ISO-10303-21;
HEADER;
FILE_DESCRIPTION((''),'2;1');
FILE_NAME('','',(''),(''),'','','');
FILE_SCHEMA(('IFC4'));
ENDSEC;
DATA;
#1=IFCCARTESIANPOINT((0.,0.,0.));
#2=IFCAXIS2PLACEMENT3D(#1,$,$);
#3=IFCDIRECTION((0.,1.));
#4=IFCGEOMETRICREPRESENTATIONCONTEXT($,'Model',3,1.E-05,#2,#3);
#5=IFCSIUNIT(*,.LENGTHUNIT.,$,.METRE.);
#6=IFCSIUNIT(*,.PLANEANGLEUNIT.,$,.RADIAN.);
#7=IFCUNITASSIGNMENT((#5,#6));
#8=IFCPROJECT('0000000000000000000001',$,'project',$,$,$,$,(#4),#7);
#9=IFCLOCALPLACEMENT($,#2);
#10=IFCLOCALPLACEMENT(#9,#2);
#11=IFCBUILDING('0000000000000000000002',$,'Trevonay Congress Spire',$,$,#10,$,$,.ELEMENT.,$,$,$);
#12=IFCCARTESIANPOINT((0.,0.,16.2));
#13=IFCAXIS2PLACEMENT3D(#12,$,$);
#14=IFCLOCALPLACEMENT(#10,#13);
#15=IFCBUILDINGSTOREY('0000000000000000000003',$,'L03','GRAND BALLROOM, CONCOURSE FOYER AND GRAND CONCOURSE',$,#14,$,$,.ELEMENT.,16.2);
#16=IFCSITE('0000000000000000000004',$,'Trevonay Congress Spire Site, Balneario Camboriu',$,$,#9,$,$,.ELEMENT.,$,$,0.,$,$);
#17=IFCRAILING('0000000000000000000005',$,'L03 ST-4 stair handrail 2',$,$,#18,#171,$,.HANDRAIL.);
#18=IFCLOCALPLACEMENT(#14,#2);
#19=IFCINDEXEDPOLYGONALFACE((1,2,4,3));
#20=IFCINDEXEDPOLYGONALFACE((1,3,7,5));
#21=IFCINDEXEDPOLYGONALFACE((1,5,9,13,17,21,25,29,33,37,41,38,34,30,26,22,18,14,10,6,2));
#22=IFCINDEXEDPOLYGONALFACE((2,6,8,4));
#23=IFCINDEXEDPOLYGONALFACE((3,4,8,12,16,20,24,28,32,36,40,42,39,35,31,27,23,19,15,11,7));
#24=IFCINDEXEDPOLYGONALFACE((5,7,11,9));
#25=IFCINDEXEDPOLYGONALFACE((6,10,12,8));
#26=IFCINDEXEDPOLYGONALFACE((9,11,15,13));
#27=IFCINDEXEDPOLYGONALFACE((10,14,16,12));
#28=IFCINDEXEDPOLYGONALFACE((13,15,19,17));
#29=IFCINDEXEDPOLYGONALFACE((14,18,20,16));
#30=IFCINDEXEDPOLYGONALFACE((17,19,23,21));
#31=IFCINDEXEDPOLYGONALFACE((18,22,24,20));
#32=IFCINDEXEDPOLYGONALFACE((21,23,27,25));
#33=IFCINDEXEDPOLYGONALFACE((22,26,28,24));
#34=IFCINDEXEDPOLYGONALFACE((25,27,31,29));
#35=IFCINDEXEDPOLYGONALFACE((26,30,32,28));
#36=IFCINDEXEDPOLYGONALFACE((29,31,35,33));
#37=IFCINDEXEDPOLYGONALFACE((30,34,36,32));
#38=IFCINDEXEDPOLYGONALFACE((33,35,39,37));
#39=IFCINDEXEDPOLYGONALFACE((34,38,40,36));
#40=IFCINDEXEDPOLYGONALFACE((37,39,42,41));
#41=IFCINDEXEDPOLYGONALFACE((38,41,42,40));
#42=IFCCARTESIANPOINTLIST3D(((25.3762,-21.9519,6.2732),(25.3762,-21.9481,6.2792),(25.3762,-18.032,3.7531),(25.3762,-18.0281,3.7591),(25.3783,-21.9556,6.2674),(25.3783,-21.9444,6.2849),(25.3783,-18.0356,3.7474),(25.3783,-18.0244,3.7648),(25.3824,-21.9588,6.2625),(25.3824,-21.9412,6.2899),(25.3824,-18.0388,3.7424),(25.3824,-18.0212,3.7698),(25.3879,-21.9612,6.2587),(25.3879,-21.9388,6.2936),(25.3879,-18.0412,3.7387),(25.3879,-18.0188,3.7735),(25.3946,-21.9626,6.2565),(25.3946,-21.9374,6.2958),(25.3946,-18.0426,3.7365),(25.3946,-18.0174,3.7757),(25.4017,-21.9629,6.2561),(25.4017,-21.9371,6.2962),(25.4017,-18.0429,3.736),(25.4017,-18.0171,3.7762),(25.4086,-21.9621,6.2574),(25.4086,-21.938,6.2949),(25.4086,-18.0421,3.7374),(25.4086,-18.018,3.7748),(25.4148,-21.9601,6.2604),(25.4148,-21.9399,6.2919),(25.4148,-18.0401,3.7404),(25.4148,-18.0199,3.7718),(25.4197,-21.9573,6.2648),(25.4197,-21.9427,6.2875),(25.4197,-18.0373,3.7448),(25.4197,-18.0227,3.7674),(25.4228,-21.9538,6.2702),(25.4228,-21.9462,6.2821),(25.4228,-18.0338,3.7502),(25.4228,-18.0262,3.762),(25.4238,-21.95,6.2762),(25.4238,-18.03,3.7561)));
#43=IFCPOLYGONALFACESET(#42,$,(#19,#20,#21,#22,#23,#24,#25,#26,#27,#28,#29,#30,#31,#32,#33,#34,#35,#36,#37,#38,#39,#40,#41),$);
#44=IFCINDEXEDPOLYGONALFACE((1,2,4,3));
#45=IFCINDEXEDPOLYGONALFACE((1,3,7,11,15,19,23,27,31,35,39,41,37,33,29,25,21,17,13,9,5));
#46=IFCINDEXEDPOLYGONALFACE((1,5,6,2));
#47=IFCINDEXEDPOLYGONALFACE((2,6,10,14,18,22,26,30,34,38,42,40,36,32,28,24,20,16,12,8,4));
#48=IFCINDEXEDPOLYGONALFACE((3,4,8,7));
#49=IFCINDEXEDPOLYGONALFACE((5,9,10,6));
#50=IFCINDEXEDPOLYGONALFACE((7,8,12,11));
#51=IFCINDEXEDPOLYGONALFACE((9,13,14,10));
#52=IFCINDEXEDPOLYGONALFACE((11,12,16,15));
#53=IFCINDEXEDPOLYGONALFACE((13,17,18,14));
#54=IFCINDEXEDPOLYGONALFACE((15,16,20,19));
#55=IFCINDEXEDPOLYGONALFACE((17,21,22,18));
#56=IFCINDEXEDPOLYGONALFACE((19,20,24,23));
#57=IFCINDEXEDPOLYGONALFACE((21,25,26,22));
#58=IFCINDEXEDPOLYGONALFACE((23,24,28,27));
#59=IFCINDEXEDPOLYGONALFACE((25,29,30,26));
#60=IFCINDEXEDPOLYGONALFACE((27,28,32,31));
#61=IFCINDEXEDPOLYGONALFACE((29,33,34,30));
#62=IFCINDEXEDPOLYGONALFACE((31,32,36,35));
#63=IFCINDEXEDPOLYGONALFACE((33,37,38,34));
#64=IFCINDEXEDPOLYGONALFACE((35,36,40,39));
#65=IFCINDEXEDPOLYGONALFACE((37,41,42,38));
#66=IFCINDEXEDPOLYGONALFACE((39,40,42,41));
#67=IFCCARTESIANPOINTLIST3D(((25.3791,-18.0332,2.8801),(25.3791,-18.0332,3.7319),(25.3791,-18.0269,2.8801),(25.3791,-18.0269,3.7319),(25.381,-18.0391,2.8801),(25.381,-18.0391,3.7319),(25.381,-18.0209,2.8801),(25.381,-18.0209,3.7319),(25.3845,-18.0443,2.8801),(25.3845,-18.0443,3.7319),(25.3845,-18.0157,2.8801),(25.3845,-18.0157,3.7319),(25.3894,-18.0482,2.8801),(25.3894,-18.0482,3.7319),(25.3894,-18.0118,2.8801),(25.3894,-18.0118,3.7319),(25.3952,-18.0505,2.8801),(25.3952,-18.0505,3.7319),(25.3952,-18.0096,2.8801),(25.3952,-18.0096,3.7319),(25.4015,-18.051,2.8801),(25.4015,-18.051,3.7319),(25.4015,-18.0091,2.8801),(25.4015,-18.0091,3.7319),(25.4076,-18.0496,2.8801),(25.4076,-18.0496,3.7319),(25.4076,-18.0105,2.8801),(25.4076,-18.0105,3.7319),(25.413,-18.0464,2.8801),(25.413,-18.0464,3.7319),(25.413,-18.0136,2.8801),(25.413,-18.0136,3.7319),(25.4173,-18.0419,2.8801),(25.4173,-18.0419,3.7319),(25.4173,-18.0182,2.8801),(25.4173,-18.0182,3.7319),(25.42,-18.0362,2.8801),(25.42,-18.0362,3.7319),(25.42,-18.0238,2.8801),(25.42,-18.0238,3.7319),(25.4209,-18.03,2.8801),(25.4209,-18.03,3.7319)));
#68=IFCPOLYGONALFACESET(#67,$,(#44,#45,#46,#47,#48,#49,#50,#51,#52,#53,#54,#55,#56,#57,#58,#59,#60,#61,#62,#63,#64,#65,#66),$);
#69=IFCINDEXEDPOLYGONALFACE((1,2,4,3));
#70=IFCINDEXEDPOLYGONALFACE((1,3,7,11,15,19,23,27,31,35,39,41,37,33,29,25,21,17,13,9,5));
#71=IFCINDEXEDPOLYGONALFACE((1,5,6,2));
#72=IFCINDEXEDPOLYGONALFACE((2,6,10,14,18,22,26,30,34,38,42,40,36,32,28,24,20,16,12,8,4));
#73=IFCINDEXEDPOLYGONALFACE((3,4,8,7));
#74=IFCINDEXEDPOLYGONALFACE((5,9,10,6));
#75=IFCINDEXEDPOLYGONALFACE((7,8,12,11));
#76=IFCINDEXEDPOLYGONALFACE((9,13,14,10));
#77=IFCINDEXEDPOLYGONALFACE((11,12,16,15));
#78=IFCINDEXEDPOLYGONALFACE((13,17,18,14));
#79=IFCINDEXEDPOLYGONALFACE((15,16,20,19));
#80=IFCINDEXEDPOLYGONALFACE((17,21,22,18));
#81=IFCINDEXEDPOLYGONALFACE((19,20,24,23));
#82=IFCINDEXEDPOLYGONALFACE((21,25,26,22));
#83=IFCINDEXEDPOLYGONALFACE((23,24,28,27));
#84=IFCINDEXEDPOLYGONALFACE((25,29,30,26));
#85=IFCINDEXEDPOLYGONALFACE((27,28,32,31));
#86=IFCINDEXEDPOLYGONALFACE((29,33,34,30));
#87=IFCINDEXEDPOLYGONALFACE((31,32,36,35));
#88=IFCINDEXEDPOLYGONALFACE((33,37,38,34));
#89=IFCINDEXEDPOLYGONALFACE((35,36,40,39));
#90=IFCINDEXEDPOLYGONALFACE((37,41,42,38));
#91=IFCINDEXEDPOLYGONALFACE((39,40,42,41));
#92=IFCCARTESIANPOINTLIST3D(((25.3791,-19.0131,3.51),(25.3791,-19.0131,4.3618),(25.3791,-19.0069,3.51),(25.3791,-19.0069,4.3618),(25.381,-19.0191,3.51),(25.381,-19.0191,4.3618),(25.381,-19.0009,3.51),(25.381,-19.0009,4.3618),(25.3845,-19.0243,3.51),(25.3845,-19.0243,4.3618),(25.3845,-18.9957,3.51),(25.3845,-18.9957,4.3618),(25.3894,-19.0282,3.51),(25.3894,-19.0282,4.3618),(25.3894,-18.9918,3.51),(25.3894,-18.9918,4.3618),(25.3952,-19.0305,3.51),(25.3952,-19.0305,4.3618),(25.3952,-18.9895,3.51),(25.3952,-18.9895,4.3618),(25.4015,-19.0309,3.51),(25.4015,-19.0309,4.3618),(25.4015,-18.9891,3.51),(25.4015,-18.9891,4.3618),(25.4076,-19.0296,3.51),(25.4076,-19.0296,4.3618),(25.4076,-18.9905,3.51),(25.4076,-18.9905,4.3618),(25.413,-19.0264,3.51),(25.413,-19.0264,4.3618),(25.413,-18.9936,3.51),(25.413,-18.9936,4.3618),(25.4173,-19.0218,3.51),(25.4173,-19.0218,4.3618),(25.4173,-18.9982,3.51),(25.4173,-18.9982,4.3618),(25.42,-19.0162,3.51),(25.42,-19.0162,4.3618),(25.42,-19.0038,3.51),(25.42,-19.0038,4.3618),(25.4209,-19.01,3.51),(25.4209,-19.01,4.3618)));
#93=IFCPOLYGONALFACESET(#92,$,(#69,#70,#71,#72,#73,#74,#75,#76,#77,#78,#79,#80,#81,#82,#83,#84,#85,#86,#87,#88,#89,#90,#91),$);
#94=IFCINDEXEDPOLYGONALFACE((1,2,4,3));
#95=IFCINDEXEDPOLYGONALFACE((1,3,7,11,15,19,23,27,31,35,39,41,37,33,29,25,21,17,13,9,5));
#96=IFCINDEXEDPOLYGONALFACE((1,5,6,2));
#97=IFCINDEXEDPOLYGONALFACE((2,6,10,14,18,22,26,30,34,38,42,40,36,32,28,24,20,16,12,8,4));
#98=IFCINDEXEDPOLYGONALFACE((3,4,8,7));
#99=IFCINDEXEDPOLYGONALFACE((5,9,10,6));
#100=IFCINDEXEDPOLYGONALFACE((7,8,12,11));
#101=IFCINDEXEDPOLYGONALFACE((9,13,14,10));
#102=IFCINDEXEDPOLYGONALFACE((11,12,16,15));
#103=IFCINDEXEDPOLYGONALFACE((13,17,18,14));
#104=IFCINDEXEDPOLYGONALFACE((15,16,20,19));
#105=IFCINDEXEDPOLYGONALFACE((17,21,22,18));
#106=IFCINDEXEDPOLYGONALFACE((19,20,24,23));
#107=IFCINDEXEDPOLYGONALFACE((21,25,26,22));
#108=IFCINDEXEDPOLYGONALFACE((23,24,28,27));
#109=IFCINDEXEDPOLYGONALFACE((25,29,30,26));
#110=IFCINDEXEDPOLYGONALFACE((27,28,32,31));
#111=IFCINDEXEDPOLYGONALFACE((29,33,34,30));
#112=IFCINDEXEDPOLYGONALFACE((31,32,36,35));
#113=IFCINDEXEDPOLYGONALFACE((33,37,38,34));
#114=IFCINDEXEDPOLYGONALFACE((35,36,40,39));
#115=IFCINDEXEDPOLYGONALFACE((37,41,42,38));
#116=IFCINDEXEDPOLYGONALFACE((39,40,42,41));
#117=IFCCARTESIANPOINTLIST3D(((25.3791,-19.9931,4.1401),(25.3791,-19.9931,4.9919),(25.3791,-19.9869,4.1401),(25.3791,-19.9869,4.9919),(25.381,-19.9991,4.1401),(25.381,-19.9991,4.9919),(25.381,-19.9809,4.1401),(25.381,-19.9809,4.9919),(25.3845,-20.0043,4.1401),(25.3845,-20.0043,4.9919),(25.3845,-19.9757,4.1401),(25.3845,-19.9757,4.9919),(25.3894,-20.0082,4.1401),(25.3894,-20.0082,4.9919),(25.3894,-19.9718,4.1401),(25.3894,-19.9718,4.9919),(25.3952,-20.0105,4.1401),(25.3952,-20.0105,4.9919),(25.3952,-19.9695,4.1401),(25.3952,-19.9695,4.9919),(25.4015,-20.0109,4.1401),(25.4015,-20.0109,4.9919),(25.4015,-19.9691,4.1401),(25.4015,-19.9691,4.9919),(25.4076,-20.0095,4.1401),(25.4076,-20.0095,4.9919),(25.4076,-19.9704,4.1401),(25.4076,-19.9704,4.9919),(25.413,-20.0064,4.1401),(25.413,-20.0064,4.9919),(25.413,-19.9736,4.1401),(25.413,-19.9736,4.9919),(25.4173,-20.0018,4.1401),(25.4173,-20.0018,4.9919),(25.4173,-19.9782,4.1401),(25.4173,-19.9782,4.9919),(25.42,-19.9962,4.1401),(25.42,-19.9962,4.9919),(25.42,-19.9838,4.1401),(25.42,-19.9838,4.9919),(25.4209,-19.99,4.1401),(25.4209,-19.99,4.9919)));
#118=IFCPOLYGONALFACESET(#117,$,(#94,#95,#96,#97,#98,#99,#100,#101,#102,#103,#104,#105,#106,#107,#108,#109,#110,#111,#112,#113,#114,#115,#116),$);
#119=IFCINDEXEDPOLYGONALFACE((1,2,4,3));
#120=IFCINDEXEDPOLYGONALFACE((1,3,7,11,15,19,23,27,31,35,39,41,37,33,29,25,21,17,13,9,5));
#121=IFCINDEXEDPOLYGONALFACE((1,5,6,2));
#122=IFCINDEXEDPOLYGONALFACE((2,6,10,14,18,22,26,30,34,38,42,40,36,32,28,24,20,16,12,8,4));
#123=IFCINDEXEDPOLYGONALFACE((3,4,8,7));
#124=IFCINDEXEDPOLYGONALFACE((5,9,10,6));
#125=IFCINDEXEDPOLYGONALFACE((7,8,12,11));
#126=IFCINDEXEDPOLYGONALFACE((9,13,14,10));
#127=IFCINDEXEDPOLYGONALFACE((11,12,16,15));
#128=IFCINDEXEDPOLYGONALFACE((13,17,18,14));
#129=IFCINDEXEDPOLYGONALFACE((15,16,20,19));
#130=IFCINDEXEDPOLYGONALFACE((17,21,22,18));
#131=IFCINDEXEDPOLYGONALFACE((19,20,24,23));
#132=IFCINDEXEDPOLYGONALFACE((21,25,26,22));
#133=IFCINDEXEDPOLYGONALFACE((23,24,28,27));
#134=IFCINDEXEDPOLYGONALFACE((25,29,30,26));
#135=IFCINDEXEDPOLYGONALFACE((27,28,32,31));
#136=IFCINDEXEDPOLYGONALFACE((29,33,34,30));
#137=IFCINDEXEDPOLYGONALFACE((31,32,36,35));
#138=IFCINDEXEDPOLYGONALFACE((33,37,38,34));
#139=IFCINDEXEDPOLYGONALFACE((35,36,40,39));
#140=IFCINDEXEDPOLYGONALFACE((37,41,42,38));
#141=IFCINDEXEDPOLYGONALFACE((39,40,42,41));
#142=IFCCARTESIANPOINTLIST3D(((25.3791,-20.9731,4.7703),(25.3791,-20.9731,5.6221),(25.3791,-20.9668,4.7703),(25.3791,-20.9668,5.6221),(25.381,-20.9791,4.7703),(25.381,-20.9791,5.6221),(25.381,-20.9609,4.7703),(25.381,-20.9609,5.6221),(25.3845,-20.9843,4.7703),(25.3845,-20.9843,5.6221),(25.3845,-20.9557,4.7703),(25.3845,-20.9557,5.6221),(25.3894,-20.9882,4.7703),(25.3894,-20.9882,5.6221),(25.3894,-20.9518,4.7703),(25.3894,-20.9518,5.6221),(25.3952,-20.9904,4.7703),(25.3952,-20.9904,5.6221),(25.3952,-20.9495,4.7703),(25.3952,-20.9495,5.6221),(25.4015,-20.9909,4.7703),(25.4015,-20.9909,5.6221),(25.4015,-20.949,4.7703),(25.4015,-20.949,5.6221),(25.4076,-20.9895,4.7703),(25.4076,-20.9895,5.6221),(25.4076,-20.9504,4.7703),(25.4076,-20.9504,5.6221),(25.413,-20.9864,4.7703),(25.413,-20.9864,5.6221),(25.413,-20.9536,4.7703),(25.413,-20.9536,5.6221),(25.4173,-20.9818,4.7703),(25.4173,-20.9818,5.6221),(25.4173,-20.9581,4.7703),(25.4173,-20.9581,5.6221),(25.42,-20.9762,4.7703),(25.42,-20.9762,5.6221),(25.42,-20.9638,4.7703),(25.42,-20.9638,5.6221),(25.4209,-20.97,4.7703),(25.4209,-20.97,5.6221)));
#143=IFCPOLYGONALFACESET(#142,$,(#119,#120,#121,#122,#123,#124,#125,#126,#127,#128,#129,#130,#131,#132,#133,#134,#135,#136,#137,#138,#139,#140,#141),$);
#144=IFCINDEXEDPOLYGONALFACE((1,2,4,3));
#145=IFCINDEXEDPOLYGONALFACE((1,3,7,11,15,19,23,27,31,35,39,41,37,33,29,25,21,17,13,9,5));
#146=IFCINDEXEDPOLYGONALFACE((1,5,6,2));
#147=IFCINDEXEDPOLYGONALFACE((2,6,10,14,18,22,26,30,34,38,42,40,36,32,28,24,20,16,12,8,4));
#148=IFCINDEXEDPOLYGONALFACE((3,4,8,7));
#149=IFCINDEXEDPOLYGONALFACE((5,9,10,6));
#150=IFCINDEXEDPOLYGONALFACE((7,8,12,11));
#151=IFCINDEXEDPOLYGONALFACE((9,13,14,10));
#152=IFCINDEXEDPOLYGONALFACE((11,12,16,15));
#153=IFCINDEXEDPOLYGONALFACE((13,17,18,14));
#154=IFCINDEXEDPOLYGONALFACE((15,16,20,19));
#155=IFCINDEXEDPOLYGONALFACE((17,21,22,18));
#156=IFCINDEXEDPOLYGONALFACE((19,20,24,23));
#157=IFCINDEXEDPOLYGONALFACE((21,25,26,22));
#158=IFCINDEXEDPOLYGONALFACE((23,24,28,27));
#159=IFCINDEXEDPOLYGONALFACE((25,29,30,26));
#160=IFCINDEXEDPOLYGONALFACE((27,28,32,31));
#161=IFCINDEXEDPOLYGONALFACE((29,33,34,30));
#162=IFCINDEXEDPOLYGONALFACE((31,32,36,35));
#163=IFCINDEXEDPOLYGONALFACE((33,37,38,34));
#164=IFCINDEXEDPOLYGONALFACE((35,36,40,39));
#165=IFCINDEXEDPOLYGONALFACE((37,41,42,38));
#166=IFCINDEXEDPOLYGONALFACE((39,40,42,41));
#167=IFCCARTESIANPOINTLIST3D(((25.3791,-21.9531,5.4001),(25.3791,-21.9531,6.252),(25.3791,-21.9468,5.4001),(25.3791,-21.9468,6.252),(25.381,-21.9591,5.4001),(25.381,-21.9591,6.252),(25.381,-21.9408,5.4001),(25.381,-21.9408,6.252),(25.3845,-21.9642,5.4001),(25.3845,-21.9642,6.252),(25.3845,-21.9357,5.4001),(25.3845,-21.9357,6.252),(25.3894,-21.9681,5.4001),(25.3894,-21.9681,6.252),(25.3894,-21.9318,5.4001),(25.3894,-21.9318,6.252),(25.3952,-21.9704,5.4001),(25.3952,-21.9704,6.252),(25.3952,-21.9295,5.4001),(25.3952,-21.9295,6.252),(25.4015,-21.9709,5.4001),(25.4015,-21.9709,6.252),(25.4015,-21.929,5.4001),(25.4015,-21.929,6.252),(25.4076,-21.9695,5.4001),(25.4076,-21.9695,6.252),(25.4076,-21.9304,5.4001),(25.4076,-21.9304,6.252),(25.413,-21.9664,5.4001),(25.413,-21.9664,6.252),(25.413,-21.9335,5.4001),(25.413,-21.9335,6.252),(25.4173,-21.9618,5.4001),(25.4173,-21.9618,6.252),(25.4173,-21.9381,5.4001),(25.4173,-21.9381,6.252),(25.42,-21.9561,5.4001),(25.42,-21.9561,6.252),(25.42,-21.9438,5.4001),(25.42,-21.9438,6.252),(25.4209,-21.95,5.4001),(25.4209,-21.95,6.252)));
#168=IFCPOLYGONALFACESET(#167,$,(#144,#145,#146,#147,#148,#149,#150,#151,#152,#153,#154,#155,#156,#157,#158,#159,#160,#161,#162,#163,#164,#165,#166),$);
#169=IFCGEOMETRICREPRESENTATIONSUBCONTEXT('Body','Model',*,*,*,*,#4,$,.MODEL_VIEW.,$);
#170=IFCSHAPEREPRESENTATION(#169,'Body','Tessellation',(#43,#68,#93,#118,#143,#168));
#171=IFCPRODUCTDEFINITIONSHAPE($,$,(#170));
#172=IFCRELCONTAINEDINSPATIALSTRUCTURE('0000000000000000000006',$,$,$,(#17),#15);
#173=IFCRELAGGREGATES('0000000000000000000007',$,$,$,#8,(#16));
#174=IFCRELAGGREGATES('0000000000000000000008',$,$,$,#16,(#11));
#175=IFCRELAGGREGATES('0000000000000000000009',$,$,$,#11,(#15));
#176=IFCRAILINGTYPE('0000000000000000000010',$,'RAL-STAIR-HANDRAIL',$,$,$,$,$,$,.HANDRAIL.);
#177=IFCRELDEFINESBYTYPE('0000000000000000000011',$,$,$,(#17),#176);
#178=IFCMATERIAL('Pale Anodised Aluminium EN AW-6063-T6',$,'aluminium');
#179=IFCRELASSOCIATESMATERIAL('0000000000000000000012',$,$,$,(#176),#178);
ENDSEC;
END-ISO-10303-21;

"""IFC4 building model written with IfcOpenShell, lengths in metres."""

from ifc_helpers import new_model, si_unit, direction, frame, origin, origin_2d, place, context, subcontext, project, spatial, circle, extrude, material, type_object, element, save


model = new_model("IFC4")

# Units and contexts
model_context = context("Model", 3, precision=1e-05, world=origin(), true_north=direction((0.0, 1.0)))
body_context = subcontext(model_context, "Body", "Model", "MODEL_VIEW")
ifc_project = project(units=[si_unit("LENGTHUNIT", "METRE"), si_unit("PLANEANGLEUNIT", "RADIAN")], contexts=[model_context])

# Site, building, storey
site_placement = place(None, origin())
site = spatial("IfcSite", under=ifc_project, at=site_placement, Name="Trevonay Congress Spire Site, Balneario Camboriu", CompositionType="ELEMENT", RefElevation=0.0)
building_placement = place(site_placement, origin())
building = spatial("IfcBuilding", under=site, at=building_placement, Name="Trevonay Congress Spire", CompositionType="ELEMENT")
storey_placement = place(building_placement, frame((0.0, 0.0, 16.2)))
storey = spatial("IfcBuildingStorey", under=building, at=storey_placement, Name="L03", Description="GRAND BALLROOM, CONCOURSE FOYER AND GRAND CONCOURSE", CompositionType="ELEMENT", Elevation=16.2)

# Shared definitions
ifc_material_1 = material(Name="Pale Anodised Aluminium EN AW-6063-T6", Category="aluminium")

# Railing
railing_type_1 = type_object("IfcRailingType", Name="RAL-STAIR-HANDRAIL", PredefinedType="HANDRAIL", material=ifc_material_1)
railing_1_placement = place(storey_placement, frame((25.3999, -18.03, 2.8801)))
element("IfcRailing", 1, at=railing_1_placement, inside=storey, type_object=railing_type_1, Name="L03 ST-4 stair handrail 2", PredefinedType="HANDRAIL", context=body_context, shape_type="SweptSolid", body=[
    extrude(circle(Radius=0.0239, at=origin_2d()), frame((0.0, 0.0, 0.876), z_axis=(0.0, -0.841172, 0.540768), x_axis=(1.0, 0.0, 0.0)), (0.0, 0.0, 1.0), 4.6602),
    extrude(circle(Radius=0.021, at=origin_2d()), origin(), (0.0, 0.0, 1.0), 0.8518),
    extrude(circle(Radius=0.021, at=origin_2d()), frame((0.0, -0.98, 0.6299)), (0.0, 0.0, 1.0), 0.8518),
    extrude(circle(Radius=0.021, at=origin_2d()), frame((0.0, -1.96, 1.26)), (0.0, 0.0, 1.0), 0.8518),
    extrude(circle(Radius=0.021, at=origin_2d()), frame((0.0, -2.9399, 1.8901)), (0.0, 0.0, 1.0), 0.8518),
    extrude(circle(Radius=0.021, at=origin_2d()), frame((0.0, -3.9199, 2.52)), (0.0, 0.0, 1.0), 0.8518),
])

save(model, "model.ifc")
